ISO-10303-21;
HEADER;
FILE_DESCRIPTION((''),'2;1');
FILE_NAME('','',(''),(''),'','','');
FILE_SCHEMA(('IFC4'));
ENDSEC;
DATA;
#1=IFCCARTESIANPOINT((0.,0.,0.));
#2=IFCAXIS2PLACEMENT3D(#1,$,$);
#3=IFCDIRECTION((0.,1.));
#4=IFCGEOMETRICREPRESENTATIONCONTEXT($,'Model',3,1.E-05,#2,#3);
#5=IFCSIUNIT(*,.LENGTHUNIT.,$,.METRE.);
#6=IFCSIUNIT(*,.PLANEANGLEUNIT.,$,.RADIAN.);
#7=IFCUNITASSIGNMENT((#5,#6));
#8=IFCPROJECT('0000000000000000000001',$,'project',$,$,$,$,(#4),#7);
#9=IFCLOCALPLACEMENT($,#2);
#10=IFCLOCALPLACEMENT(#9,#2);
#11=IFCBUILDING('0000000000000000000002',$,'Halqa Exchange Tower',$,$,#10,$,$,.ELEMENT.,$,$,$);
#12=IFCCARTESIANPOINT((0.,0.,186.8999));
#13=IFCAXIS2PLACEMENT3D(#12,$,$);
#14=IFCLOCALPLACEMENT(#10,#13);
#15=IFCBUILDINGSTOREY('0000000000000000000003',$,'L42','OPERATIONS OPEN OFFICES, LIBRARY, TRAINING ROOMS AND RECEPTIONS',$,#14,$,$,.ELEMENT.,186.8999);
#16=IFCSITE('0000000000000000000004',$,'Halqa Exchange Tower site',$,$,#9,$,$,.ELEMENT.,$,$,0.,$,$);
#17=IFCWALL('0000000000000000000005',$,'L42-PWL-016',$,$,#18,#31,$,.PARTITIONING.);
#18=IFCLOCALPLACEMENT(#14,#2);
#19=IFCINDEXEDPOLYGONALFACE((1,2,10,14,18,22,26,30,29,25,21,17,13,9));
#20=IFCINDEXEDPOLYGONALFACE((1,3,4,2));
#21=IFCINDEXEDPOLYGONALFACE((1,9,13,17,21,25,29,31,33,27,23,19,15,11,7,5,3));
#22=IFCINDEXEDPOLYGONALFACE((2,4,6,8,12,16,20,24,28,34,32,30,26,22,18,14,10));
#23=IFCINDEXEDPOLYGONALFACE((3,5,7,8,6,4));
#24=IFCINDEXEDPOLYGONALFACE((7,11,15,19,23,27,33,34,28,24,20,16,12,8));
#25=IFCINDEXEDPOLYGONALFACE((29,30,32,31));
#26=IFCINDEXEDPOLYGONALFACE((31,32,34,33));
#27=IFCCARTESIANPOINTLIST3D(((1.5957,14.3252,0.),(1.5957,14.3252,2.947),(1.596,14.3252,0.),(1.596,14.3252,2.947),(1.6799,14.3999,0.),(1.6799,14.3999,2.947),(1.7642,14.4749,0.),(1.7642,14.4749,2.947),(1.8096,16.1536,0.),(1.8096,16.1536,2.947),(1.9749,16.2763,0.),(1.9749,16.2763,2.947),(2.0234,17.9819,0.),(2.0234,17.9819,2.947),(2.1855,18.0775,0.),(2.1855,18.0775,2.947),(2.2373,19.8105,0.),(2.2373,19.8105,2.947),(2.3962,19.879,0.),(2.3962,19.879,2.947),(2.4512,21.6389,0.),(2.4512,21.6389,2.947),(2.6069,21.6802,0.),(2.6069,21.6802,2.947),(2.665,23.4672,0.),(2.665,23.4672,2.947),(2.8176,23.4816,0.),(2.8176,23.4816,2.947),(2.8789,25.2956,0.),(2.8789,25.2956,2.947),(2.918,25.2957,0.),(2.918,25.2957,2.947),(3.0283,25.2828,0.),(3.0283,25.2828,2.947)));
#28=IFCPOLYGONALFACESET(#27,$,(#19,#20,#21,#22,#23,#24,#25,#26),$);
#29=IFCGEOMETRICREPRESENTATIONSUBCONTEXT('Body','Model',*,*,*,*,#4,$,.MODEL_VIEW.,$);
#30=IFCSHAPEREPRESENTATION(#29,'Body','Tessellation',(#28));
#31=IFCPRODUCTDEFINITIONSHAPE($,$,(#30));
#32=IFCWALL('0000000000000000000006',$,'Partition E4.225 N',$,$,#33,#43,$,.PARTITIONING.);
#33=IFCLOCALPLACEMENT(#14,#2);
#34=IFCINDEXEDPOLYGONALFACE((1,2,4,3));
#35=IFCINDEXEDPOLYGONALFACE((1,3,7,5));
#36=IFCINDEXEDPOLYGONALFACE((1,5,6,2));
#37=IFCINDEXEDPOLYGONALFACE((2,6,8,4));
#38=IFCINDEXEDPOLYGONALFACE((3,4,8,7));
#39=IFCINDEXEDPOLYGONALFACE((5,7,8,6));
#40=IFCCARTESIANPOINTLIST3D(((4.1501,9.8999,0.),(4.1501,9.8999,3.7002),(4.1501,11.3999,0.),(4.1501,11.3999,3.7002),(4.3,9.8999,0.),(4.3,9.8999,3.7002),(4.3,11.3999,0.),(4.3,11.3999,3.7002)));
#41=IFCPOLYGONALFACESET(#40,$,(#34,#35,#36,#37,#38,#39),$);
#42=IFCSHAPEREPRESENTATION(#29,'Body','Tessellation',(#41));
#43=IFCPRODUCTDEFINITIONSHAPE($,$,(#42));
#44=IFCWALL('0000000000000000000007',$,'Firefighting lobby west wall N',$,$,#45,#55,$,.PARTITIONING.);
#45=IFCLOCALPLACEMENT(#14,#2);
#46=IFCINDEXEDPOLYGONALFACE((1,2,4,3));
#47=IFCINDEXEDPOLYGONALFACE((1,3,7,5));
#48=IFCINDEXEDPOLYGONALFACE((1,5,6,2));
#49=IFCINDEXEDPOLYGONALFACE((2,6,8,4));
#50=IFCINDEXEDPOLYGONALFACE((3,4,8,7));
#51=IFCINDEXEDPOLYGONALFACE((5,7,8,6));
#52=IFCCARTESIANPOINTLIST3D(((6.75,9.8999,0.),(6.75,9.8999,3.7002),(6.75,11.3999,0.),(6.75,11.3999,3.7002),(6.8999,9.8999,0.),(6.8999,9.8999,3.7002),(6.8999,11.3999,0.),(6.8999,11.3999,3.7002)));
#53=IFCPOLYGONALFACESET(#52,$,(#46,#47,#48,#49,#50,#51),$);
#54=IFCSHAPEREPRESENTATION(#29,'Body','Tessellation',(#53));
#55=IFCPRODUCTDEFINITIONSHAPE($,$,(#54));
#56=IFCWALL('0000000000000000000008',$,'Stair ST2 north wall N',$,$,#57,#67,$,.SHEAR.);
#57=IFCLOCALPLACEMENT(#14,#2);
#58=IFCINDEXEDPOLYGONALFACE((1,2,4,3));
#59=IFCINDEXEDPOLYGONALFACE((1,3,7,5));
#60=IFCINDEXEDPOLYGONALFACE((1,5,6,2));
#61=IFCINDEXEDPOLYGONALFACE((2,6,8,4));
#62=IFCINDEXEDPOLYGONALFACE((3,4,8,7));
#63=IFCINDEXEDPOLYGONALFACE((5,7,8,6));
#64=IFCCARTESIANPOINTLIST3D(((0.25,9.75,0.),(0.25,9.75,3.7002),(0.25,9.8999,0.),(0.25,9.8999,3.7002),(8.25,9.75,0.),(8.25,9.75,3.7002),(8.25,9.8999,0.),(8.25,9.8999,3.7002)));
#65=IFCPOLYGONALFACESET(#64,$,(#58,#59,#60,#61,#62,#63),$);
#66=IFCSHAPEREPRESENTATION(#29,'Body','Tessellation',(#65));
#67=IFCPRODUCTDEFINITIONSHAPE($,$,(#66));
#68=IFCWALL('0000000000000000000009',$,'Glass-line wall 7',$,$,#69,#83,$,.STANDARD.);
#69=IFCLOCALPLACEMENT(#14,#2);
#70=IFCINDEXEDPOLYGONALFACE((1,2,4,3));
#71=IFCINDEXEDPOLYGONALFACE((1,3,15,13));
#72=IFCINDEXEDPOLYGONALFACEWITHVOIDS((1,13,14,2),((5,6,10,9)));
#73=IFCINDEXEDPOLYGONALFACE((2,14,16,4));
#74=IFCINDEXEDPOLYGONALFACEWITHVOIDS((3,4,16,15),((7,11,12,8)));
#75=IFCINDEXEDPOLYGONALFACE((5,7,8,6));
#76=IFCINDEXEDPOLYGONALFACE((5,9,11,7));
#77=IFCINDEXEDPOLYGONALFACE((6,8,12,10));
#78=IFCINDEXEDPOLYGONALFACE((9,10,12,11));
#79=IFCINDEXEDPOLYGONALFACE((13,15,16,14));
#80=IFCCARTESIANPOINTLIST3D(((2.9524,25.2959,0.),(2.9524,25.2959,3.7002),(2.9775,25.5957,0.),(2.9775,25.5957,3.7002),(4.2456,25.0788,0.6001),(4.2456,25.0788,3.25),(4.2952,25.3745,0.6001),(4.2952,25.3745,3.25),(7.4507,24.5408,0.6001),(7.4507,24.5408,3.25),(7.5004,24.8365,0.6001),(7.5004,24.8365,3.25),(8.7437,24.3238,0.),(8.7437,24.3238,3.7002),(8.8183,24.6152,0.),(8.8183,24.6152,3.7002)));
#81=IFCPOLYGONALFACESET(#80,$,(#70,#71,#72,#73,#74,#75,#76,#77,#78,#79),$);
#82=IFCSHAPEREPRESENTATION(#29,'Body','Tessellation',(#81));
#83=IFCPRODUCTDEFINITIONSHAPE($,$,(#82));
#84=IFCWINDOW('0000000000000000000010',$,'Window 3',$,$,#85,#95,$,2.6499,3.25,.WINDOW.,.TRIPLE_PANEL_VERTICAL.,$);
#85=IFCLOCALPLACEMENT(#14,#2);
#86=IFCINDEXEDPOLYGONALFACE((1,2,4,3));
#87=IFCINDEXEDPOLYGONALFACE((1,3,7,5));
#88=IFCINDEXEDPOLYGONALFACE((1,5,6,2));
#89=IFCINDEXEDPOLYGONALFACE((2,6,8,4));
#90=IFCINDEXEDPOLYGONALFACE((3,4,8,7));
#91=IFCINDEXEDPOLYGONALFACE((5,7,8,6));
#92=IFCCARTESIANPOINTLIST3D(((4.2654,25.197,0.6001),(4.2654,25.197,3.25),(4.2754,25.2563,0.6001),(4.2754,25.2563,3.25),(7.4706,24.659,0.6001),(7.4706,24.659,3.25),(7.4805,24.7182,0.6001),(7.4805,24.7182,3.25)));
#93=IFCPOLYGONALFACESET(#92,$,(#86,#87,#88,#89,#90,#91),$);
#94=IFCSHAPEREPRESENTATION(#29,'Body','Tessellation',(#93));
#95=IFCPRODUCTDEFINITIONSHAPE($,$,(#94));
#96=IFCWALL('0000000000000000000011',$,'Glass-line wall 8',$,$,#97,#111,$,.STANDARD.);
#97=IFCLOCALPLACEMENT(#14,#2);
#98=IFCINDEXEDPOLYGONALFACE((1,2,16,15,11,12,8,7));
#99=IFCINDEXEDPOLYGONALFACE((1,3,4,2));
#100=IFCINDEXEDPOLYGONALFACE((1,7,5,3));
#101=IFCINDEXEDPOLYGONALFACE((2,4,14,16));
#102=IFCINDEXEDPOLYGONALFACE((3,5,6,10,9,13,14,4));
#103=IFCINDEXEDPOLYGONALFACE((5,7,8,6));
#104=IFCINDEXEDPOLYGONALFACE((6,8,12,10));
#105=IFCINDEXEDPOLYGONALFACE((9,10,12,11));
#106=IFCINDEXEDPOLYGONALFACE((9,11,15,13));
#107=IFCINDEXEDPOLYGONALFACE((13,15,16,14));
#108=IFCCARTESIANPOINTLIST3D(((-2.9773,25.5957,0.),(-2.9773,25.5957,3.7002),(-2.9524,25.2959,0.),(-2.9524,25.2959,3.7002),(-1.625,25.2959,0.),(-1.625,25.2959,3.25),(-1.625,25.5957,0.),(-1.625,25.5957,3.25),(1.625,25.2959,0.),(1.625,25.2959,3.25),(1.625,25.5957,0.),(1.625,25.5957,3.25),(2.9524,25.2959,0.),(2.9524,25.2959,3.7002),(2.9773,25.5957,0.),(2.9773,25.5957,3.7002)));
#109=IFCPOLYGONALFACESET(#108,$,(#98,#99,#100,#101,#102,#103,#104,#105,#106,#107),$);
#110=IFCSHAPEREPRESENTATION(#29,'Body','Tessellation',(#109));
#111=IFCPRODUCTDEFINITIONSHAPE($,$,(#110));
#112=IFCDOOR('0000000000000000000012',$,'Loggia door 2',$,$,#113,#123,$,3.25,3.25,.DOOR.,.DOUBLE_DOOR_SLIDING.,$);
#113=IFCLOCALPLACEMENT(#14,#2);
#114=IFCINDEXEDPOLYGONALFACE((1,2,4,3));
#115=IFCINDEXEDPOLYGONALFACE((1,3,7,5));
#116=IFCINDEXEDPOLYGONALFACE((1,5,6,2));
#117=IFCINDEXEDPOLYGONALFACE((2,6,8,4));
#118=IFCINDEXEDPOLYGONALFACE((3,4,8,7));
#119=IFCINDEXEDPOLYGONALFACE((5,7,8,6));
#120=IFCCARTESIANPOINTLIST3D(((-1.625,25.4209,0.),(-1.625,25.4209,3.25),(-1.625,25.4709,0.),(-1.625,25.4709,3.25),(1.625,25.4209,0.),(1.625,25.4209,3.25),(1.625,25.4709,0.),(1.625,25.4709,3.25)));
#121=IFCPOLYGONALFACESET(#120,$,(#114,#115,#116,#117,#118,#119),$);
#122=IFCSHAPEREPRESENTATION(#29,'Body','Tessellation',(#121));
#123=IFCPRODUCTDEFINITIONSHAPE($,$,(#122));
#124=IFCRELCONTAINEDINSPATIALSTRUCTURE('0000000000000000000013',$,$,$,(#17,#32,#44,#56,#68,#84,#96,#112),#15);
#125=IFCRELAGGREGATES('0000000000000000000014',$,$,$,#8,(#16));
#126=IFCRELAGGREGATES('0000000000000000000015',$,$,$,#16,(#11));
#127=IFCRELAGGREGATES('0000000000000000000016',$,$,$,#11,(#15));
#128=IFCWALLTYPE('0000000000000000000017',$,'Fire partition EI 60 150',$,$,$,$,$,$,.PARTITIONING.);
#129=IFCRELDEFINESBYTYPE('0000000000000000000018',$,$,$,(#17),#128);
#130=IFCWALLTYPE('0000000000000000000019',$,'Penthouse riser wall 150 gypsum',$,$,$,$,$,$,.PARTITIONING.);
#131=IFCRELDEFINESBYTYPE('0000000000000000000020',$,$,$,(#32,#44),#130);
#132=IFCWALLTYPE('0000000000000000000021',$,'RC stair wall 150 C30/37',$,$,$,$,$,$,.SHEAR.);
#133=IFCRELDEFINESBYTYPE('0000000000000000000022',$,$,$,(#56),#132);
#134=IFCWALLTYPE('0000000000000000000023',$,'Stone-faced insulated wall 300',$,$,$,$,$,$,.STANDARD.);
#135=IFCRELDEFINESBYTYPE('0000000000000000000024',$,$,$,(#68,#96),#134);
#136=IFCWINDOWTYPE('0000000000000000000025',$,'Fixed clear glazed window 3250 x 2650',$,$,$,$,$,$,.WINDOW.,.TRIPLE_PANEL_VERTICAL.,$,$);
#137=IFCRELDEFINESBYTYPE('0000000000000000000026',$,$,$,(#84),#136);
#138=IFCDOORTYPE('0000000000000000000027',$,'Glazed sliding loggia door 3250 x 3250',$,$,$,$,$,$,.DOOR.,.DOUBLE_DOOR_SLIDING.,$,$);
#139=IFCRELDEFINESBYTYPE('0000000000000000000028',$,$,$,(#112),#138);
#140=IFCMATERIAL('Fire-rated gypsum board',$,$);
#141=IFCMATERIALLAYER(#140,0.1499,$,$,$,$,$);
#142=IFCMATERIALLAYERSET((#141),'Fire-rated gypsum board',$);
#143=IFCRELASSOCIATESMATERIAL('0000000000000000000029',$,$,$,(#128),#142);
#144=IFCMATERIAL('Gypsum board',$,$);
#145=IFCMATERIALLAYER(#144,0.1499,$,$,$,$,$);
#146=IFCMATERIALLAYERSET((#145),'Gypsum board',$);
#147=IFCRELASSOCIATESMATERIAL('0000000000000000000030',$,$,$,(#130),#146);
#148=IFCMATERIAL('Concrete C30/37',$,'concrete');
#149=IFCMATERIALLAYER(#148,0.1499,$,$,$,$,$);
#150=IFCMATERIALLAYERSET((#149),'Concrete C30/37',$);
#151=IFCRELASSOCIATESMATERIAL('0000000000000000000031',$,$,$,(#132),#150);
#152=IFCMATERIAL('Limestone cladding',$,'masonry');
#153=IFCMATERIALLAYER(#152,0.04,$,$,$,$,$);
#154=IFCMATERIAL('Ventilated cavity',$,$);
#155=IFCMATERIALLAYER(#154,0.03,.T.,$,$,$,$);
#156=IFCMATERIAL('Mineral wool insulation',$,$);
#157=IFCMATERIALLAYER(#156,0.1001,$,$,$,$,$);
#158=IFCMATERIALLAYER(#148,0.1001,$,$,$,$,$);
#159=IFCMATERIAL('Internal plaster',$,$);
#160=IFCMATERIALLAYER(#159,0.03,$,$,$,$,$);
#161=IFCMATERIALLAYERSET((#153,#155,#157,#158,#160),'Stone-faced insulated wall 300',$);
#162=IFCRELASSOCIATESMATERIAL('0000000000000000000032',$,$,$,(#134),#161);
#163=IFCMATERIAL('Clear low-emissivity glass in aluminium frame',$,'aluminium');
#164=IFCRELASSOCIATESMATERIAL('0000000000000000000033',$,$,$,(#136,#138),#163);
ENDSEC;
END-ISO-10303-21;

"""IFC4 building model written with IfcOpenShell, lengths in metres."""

from ifc_helpers import new_model, si_unit, direction, frame, frame_2d, origin, place, context, subcontext, project, spatial, polyline, rectangle, outline, extrude, material, layer, layer_set, type_object, element, fill, save


model = new_model("IFC4")

# Units and contexts
model_context = context("Model", 3, precision=1e-05, world=origin(), true_north=direction((0.0, 1.0)))
body_context = subcontext(model_context, "Body", "Model", "MODEL_VIEW")
ifc_project = project(units=[si_unit("LENGTHUNIT", "METRE"), si_unit("PLANEANGLEUNIT", "RADIAN")], contexts=[model_context])

# Site, building, storey
site_placement = place(None, origin())
site = spatial("IfcSite", under=ifc_project, at=site_placement, Name="Halqa Exchange Tower site", CompositionType="ELEMENT", RefElevation=0.0)
building_placement = place(site_placement, origin())
building = spatial("IfcBuilding", under=site, at=building_placement, Name="Halqa Exchange Tower", CompositionType="ELEMENT")
storey_placement = place(building_placement, frame((0.0, 0.0, 186.8999)))
storey = spatial("IfcBuildingStorey", under=building, at=storey_placement, Name="L42", Description="OPERATIONS OPEN OFFICES, LIBRARY, TRAINING ROOMS AND RECEPTIONS", CompositionType="ELEMENT", Elevation=186.8999)

# Shared definitions
ifc_material_1 = material(Name="Fire-rated gypsum board")
ifc_layer_1 = layer(ifc_material_1, 0.1499)
ifc_layer_set_1 = layer_set([ifc_layer_1], Name="Fire-rated gypsum board")
wall_type_1 = type_object("IfcWallType", Name="Fire partition EI 60 150", PredefinedType="PARTITIONING", material=ifc_layer_set_1)

# Walls
wall_1_placement = place(storey_placement, frame((2.9539, 25.2915, 0.0), z_axis=(0.0, 0.0, 1.0), x_axis=(-0.116172, -0.993229, 0.0)))
element("IfcWall", 1, at=wall_1_placement, inside=storey, type_object=wall_type_1, Name="L42-PWL-016", PredefinedType="PARTITIONING", context=body_context, shape_type="SweptSolid", body=[
    extrude(outline(polyline([(11.0498, -0.075), (11.0498, -0.0747), (10.9658, 0.0), (10.8816, 0.075), (9.0679, 0.075), (7.2544, 0.075), (5.4407, 0.075), (3.6272, 0.075), (1.8135, 0.075), (0.0, 0.075), (0.0, -0.0361), (0.0046, -0.075), (1.8455, -0.075), (3.6863, -0.075), (5.5271, -0.075), (7.3682, -0.075), (9.209, -0.075), (11.0498, -0.075)])), origin(), (0.0, 0.0, 1.0), 2.947),
])
ifc_material_2 = material(Name="Gypsum board")
ifc_layer_2 = layer(ifc_material_2, 0.1499)
ifc_layer_set_2 = layer_set([ifc_layer_2], Name="Gypsum board")
wall_type_2 = type_object("IfcWallType", Name="Penthouse riser wall 150 gypsum", PredefinedType="PARTITIONING", material=ifc_layer_set_2)
for number, where, z_axis, x_axis, name in (
    (2, (4.2251, 9.8999, 0.0), (0.0, 0.0, 1.0), (0.0, 1.0, 0.0), "Partition E4.225 N"),
    (3, (6.825, 9.8999, 0.0), (0.0, 0.0, 1.0), (0.0, 1.0, 0.0), "Firefighting lobby west wall N"),
):
    element("IfcWall", number, at=place(storey_placement, frame(where, z_axis=z_axis, x_axis=x_axis)), inside=storey, type_object=wall_type_2, Name=name, PredefinedType="PARTITIONING", context=body_context, shape_type="SweptSolid", body=[
        extrude(rectangle(XDim=1.5, YDim=0.1499, at=frame_2d((0.75, 0.0))), origin(), (0.0, 0.0, 1.0), 3.7002),
    ])
ifc_material_3 = material(Name="Concrete C30/37", Category="concrete")
ifc_layer_3 = layer(ifc_material_3, 0.1499)
ifc_layer_set_3 = layer_set([ifc_layer_3], Name="Concrete C30/37")
wall_type_3 = type_object("IfcWallType", Name="RC stair wall 150 C30/37", PredefinedType="SHEAR", material=ifc_layer_set_3)
wall_2_placement = place(storey_placement, frame((0.25, 9.825, 0.0), z_axis=(0.0, 0.0, 1.0), x_axis=(1.0, 0.0, 0.0)))
element("IfcWall", 4, at=wall_2_placement, inside=storey, type_object=wall_type_3, Name="Stair ST2 north wall N", PredefinedType="SHEAR", context=body_context, shape_type="SweptSolid", body=[
    extrude(rectangle(XDim=8.0, YDim=0.1499, at=frame_2d((4.0, 0.0))), origin(), (0.0, 0.0, 1.0), 3.7002),
])

# Wall, opening, window
ifc_material_4 = material(Name="Limestone cladding", Category="masonry")
ifc_layer_4 = layer(ifc_material_4, 0.04)
ifc_material_5 = material(Name="Ventilated cavity")
ifc_layer_5 = layer(ifc_material_5, 0.03, ventilated=True)
ifc_material_6 = material(Name="Mineral wool insulation")
ifc_layer_6 = layer(ifc_material_6, 0.1001)
ifc_layer_7 = layer(ifc_material_3, 0.1001)
ifc_material_7 = material(Name="Internal plaster")
ifc_layer_8 = layer(ifc_material_7, 0.03)
ifc_layer_set_4 = layer_set([ifc_layer_4, ifc_layer_5, ifc_layer_6, ifc_layer_7, ifc_layer_8], Name="Stone-faced insulated wall 300")
wall_type_4 = type_object("IfcWallType", Name="Stone-faced insulated wall 300", PredefinedType="STANDARD", material=ifc_layer_set_4)
wall_3_placement = place(storey_placement, frame((8.781, 24.4695, 0.0), z_axis=(0.0, 0.0, 1.0), x_axis=(-0.986202, 0.165547, 0.0)))
wall_3 = element("IfcWall", 5, at=wall_3_placement, inside=storey, type_object=wall_type_4, Name="Glass-line wall 7", PredefinedType="STANDARD", context=body_context, shape_type="SweptSolid", body=[
    extrude(outline(polyline([(-0.0127, -0.1499), (5.9099, -0.1499), (5.885, 0.1499), (0.0127, 0.1499), (-0.0127, -0.1499)])), origin(), (0.0, 0.0, 1.0), 3.7002),
])
opening_1_placement = place(wall_3_placement, frame((1.3237, 0.0, 0.6001)))
opening_1 = element("IfcOpeningElement", 6, at=opening_1_placement, cuts=wall_3, PredefinedType="OPENING", context=body_context, shape_type="SweptSolid", body=[
    extrude(rectangle(XDim=3.25, YDim=2.6499, at=frame_2d((1.625, 1.325))), frame((0.0, 0.1621, 0.0), z_axis=(0.0, -1.0, 0.0), x_axis=(1.0, 0.0, 0.0)), (0.0, 0.0, 1.0), 0.324),
])
ifc_material_8 = material(Name="Clear low-emissivity glass in aluminium frame", Category="aluminium")
window_type = type_object("IfcWindowType", Name="Fixed clear glazed window 3250 x 2650", PartitioningType="TRIPLE_PANEL_VERTICAL", PredefinedType="WINDOW", material=ifc_material_8)
window_placement = place(opening_1_placement, origin())
window = element("IfcWindow", 7, at=window_placement, inside=storey, type_object=window_type, Name="Window 3", OverallHeight=2.6499, OverallWidth=3.25, PartitioningType="TRIPLE_PANEL_VERTICAL", PredefinedType="WINDOW", context=body_context, shape_type="SweptSolid", body=[
    extrude(rectangle(XDim=3.25, YDim=2.6499, at=frame_2d((1.625, 1.325))), frame((0.0, 0.03, 0.0), z_axis=(0.0, -1.0, 0.0), x_axis=(1.0, 0.0, 0.0)), (0.0, 0.0, 1.0), 0.0601),
])
fill(opening_1, window)

# Wall, opening, door
wall_4_placement = place(storey_placement, frame((2.9648, 25.4458, 0.0), z_axis=(0.0, 0.0, 1.0), x_axis=(-1.0, 0.0, 0.0)))
wall_4 = element("IfcWall", 8, at=wall_4_placement, inside=storey, type_object=wall_type_4, Name="Glass-line wall 8", PredefinedType="STANDARD", context=body_context, shape_type="SweptSolid", body=[
    extrude(outline(polyline([(-0.0125, -0.1499), (5.9421, -0.1499), (5.9172, 0.1499), (0.0125, 0.1499), (-0.0125, -0.1499)])), origin(), (0.0, 0.0, 1.0), 3.7002),
])
opening_2_placement = place(wall_4_placement, frame((1.3398, 0.0, 0.0)))
opening_2 = element("IfcOpeningElement", 9, at=opening_2_placement, cuts=wall_4, PredefinedType="OPENING", context=body_context, shape_type="SweptSolid", body=[
    extrude(rectangle(XDim=3.25, YDim=3.25, at=frame_2d((1.625, 1.625))), frame((0.0, 0.1621, 0.0), z_axis=(0.0, -1.0, 0.0), x_axis=(1.0, 0.0, 0.0)), (0.0, 0.0, 1.0), 0.324),
])
door_type_1 = type_object("IfcDoorType", Name="Glazed sliding loggia door 3250 x 3250", OperationType="DOUBLE_DOOR_SLIDING", PredefinedType="DOOR", material=ifc_material_8)
door_1_placement = place(opening_2_placement, origin())
door_1 = element("IfcDoor", 10, at=door_1_placement, inside=storey, type_object=door_type_1, Name="Loggia door 2", OperationType="DOUBLE_DOOR_SLIDING", OverallHeight=3.25, OverallWidth=3.25, PredefinedType="DOOR", context=body_context, shape_type="SweptSolid", body=[
    extrude(rectangle(XDim=3.25, YDim=3.25, at=frame_2d((1.625, 1.625))), frame((0.0, 0.0249, 0.0), z_axis=(0.0, -1.0, 0.0), x_axis=(1.0, 0.0, 0.0)), (0.0, 0.0, 1.0), 0.05),
])
fill(opening_2, door_1)

save(model, "model.ifc")
